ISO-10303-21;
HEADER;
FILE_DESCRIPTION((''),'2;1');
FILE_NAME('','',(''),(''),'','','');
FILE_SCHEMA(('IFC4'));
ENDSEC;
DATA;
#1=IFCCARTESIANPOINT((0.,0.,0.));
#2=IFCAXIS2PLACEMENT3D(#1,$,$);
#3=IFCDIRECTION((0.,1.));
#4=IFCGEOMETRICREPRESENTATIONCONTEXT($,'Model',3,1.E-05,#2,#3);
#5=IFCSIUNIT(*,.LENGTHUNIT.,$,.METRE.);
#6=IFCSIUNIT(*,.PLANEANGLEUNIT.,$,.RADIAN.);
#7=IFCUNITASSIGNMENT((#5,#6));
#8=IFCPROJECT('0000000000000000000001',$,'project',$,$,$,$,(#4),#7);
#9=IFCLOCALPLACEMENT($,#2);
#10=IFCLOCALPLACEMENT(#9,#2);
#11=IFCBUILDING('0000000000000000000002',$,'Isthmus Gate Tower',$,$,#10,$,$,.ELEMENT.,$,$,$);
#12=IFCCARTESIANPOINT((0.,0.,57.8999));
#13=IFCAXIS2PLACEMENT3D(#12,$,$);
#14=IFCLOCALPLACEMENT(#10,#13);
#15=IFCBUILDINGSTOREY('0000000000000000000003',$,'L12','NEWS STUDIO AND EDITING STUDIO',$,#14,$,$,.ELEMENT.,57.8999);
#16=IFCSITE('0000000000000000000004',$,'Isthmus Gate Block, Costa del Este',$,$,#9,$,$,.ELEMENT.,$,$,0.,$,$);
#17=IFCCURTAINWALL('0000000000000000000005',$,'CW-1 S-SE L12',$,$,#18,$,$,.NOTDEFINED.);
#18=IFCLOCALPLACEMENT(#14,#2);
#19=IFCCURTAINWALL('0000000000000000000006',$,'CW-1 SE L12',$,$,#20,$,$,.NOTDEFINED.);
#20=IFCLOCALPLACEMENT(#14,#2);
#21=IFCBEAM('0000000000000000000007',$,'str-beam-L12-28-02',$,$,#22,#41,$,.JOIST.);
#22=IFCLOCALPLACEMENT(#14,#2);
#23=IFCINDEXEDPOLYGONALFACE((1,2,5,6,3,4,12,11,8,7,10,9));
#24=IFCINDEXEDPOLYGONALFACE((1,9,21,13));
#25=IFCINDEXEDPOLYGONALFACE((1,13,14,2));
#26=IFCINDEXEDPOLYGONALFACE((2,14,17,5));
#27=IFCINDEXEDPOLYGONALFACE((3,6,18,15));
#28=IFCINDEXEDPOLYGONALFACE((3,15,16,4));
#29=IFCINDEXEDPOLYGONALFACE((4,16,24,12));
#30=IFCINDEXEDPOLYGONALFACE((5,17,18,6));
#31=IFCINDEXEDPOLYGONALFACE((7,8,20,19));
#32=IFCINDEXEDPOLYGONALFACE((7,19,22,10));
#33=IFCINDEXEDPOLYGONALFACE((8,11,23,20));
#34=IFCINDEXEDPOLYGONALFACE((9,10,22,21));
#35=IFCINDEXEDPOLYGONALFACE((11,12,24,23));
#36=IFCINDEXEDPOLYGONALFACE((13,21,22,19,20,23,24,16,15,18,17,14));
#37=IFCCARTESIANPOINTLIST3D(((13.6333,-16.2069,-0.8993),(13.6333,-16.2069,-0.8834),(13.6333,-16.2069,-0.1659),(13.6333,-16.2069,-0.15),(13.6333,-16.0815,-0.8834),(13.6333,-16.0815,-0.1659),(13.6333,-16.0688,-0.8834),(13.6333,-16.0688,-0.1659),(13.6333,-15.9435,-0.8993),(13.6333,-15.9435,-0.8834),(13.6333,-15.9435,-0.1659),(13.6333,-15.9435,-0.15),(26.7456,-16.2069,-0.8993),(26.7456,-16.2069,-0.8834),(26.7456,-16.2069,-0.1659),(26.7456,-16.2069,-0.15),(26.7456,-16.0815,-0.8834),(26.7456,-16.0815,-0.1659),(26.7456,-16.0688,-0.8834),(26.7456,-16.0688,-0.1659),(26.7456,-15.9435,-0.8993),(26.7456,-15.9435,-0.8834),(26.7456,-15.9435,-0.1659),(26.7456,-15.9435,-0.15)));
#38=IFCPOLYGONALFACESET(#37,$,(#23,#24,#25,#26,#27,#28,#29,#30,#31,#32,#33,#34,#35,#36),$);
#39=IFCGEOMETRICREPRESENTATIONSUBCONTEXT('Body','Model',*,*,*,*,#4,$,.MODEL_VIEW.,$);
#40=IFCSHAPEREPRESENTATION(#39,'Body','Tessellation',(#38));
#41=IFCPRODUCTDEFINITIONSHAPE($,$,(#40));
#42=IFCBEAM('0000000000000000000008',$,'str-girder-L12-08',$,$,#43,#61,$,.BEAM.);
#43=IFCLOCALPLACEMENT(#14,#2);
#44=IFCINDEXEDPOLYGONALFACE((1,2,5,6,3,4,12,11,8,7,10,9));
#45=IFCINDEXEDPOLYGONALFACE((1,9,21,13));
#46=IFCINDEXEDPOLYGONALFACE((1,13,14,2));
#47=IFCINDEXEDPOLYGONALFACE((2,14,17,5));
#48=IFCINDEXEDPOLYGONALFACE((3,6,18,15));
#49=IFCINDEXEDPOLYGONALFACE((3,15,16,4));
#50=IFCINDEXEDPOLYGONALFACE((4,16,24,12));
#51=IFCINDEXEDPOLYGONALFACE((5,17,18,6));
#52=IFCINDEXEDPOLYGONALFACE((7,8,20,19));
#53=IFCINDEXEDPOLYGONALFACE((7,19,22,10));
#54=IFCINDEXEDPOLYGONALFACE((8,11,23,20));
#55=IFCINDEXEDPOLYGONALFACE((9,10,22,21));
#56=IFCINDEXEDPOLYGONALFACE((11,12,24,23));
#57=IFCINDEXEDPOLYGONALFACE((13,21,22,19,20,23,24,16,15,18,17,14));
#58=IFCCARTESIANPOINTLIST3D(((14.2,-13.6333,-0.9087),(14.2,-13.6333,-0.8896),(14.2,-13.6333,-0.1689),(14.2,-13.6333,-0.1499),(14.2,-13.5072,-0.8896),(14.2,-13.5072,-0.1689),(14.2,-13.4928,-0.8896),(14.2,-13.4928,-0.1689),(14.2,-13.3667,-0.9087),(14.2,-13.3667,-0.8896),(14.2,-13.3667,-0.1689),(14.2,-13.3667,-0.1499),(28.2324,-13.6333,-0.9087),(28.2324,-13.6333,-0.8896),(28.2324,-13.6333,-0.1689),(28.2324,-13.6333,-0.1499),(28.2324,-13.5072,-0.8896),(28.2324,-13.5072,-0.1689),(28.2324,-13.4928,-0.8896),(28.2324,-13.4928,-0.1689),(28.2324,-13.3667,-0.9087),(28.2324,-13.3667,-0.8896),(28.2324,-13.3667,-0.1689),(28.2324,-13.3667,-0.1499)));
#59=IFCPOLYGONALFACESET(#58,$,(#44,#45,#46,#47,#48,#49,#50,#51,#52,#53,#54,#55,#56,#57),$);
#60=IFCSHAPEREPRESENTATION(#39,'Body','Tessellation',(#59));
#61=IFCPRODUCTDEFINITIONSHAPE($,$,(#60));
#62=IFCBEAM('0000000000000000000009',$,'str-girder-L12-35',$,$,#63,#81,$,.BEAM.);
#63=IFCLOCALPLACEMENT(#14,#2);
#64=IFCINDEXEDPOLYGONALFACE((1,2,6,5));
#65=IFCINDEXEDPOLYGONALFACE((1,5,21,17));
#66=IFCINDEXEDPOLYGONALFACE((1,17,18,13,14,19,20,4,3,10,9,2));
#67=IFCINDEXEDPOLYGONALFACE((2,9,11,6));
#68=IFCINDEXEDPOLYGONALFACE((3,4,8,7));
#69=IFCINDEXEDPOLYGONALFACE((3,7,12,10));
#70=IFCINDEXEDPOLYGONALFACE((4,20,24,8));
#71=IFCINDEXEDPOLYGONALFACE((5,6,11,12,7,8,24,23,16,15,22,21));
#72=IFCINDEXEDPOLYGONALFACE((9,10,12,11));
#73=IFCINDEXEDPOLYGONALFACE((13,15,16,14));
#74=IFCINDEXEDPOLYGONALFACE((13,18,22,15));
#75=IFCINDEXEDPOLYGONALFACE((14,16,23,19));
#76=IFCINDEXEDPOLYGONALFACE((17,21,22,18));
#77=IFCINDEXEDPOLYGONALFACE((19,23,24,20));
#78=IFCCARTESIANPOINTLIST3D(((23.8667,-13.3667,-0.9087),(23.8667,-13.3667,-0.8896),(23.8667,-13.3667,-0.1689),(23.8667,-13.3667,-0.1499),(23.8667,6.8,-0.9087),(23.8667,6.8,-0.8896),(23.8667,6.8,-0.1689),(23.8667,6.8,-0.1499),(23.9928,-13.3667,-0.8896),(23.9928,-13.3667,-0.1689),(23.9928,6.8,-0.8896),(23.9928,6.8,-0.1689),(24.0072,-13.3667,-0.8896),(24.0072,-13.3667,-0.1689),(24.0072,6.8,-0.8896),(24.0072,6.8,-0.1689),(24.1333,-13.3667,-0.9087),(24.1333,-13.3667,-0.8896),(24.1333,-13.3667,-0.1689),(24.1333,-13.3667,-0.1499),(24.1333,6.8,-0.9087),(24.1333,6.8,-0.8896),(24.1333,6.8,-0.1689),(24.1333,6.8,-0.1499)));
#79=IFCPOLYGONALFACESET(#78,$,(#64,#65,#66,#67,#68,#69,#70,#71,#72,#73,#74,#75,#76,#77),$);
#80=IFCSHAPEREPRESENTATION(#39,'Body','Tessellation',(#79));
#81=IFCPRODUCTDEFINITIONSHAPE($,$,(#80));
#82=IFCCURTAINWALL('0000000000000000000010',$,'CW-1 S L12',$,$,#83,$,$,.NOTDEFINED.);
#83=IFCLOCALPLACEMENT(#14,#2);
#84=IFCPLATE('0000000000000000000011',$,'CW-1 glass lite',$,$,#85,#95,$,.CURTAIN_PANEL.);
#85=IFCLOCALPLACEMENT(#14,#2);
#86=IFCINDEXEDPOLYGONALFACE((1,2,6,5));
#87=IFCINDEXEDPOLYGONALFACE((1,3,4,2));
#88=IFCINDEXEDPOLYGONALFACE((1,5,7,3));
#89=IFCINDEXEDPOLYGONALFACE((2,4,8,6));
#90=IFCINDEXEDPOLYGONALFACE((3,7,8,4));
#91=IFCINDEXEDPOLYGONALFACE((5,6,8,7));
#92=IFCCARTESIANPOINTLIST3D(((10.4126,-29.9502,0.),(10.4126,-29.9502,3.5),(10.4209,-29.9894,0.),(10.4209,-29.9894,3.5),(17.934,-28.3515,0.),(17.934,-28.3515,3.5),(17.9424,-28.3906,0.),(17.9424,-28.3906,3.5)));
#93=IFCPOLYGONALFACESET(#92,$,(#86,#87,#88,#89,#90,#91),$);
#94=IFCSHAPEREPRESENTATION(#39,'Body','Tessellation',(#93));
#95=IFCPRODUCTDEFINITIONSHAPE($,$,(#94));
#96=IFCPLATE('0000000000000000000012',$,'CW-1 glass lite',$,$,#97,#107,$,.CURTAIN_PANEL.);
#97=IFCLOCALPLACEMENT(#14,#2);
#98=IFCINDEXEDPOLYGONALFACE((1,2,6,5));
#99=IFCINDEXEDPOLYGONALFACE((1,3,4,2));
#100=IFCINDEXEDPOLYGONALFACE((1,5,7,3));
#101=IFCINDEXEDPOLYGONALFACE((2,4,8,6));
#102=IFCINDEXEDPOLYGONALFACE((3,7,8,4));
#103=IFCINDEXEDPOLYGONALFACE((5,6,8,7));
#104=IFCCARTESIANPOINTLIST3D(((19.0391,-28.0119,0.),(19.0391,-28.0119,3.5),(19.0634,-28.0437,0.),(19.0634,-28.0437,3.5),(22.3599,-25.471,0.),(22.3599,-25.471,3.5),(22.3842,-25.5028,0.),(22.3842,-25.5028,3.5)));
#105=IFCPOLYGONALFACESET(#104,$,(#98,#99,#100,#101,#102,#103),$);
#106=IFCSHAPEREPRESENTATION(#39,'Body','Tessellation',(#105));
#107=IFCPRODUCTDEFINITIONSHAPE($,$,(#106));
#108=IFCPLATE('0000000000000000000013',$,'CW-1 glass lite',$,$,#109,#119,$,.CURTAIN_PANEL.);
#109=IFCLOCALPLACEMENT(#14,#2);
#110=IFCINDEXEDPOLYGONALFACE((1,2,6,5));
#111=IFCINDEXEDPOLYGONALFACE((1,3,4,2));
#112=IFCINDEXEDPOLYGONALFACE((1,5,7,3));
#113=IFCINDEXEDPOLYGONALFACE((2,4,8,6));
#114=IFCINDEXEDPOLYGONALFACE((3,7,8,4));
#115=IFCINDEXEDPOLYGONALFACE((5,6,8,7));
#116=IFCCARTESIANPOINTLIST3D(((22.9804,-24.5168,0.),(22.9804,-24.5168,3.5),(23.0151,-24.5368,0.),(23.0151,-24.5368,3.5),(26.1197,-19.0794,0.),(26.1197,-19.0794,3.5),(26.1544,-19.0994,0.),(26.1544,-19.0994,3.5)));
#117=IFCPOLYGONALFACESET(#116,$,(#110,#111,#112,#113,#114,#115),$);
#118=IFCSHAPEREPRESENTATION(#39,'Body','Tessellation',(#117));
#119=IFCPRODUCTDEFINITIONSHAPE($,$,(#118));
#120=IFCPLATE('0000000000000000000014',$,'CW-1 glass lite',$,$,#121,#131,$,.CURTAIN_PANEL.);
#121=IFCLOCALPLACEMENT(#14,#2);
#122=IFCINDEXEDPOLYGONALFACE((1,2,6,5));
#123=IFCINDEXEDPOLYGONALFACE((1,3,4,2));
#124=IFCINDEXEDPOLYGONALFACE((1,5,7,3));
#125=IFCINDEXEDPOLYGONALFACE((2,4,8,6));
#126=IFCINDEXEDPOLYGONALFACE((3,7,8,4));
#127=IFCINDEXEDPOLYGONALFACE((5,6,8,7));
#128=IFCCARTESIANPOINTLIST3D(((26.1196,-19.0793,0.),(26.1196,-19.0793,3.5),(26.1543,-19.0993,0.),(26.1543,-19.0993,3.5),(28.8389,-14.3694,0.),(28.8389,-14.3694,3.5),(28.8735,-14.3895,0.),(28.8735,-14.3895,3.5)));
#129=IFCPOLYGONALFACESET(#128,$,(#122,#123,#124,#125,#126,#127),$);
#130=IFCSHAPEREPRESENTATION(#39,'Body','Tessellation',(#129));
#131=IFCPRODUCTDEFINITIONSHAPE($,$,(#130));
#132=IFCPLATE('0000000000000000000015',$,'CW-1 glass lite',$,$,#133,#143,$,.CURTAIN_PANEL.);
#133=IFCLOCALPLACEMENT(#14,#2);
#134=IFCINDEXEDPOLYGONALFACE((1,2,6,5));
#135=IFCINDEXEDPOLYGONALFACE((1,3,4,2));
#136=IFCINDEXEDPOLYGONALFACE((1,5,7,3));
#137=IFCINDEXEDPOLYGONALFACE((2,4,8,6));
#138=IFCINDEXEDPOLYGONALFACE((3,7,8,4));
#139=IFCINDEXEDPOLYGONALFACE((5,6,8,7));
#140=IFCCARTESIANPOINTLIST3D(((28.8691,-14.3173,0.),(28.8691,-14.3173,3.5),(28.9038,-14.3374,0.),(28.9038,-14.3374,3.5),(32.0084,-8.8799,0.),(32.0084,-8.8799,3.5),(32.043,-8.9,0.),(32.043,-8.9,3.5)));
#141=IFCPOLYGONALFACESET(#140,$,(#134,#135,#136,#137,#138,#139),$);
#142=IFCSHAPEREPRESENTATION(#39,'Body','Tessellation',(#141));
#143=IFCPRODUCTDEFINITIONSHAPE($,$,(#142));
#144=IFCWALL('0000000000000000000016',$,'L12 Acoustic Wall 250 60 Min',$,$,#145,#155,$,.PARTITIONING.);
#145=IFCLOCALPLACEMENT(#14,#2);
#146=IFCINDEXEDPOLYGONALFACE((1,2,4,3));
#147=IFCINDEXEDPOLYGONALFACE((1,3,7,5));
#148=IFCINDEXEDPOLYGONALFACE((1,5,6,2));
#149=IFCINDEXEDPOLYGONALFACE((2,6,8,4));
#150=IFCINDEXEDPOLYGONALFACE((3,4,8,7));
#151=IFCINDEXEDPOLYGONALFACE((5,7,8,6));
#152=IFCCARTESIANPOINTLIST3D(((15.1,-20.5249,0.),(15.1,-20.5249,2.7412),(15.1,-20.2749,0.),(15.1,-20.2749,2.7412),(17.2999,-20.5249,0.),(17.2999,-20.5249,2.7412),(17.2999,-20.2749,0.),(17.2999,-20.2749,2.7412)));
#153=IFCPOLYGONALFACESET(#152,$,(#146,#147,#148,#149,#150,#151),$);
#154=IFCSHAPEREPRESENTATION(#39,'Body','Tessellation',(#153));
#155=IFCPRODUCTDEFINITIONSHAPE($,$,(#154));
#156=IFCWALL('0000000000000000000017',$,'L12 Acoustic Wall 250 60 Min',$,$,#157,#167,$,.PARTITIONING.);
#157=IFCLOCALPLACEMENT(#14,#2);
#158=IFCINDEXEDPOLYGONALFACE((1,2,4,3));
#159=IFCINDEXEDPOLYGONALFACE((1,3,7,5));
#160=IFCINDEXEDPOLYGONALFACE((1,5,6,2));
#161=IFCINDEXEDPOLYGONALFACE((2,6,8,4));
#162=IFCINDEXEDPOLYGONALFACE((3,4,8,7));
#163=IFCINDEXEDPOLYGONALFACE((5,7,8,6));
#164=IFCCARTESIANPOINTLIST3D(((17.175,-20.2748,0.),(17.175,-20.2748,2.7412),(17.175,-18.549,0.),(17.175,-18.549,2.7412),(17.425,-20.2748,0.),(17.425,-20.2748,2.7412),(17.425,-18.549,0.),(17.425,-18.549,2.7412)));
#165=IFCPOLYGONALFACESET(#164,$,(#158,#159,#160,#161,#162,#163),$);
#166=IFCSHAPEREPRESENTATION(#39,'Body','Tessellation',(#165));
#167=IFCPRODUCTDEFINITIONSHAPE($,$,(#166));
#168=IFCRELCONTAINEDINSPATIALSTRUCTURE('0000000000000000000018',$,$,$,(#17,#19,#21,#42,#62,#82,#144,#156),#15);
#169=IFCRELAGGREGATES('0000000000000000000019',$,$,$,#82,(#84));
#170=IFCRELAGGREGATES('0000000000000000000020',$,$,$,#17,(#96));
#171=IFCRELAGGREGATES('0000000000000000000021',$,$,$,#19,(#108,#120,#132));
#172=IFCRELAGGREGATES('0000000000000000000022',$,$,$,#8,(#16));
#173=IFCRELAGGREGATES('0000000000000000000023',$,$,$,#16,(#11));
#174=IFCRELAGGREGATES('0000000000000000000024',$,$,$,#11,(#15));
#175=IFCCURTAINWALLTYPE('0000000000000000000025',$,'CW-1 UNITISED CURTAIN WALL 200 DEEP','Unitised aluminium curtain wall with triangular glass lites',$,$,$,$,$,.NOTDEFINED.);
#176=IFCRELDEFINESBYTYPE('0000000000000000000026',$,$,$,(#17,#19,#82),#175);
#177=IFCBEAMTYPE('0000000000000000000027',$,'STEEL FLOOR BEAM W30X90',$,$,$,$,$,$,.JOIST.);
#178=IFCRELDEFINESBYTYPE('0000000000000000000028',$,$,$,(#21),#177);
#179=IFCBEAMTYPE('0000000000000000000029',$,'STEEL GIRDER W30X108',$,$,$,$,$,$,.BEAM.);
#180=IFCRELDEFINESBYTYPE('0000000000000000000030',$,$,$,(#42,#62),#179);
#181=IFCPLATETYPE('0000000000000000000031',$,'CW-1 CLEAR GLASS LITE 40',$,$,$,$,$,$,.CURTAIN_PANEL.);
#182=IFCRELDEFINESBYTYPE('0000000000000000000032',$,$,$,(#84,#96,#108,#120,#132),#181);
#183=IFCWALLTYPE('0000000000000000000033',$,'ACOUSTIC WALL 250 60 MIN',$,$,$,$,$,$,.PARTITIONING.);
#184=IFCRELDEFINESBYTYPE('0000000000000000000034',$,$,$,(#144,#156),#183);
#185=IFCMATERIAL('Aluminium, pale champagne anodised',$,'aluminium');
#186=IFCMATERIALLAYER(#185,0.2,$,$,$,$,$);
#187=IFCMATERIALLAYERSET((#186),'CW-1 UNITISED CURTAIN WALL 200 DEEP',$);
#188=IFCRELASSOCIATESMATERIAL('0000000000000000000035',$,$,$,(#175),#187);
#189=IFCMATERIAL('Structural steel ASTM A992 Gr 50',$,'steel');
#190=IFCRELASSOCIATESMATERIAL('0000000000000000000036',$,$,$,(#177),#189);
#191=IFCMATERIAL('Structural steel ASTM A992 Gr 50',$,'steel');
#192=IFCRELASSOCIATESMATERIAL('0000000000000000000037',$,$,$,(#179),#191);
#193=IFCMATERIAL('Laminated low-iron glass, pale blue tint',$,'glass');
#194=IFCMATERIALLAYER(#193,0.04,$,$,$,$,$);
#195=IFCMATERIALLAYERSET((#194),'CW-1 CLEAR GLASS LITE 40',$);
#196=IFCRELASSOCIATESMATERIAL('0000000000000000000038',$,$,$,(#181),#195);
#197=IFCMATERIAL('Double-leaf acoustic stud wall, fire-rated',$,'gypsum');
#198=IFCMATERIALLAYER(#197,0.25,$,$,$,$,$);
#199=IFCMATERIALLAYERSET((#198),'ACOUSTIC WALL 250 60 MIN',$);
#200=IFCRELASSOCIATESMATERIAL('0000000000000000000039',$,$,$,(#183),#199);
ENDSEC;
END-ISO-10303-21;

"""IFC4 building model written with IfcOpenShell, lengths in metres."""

from ifc_helpers import new_model, si_unit, direction, frame, frame_2d, origin, origin_2d, place, context, subcontext, project, spatial, rectangle, i_section, extrude, material, layer, layer_set, material_profile, profile_set, type_object, element, aggregate, save


model = new_model("IFC4")

# Units and contexts
model_context = context("Model", 3, precision=1e-05, world=origin(), true_north=direction((0.0, 1.0)))
body_context = subcontext(model_context, "Body", "Model", "MODEL_VIEW")
ifc_project = project(units=[si_unit("LENGTHUNIT", "METRE"), si_unit("PLANEANGLEUNIT", "RADIAN")], contexts=[model_context])

# Site, building, storey
site_placement = place(None, origin())
site = spatial("IfcSite", under=ifc_project, at=site_placement, Name="Isthmus Gate Block, Costa del Este", CompositionType="ELEMENT", RefElevation=0.0)
building_placement = place(site_placement, origin())
building = spatial("IfcBuilding", under=site, at=building_placement, Name="Isthmus Gate Tower", CompositionType="ELEMENT")
storey_placement = place(building_placement, frame((0.0, 0.0, 57.8999)))
storey = spatial("IfcBuildingStorey", under=building, at=storey_placement, Name="L12", Description="NEWS STUDIO AND EDITING STUDIO", CompositionType="ELEMENT", Elevation=57.8999)

# Curtain wall
ifc_material_1 = material(Name="Aluminium, pale champagne anodised", Category="aluminium")
ifc_layer_1 = layer(ifc_material_1, 0.2)
ifc_layer_set_1 = layer_set([ifc_layer_1], Name="CW-1 UNITISED CURTAIN WALL 200 DEEP")
curtain_wall_type = type_object("IfcCurtainWallType", Name="CW-1 UNITISED CURTAIN WALL 200 DEEP", Description="Unitised aluminium curtain wall with triangular glass lites", PredefinedType="NOTDEFINED", material=ifc_layer_set_1)
curtain_wall_1_placement = place(storey_placement, origin())
curtain_wall_1 = element("IfcCurtainWall", 1, at=curtain_wall_1_placement, inside=storey, type_object=curtain_wall_type, Name="CW-1 S-SE L12", PredefinedType="NOTDEFINED")

# Curtain wall
curtain_wall_2_placement = place(storey_placement, origin())
curtain_wall_2 = element("IfcCurtainWall", 2, at=curtain_wall_2_placement, inside=storey, type_object=curtain_wall_type, Name="CW-1 SE L12", PredefinedType="NOTDEFINED")

# Beams
ifc_material_2 = material(Name="Structural steel ASTM A992 Gr 50", Category="steel")
ifc_material_profile_1 = material_profile(ifc_material_2, i_section(OverallWidth=0.2634, OverallDepth=0.7493, WebThickness=0.0127, FlangeThickness=0.0159, at=origin_2d()), Name="W30X90")
ifc_profile_set_1 = profile_set([ifc_material_profile_1], Name="Structural steel ASTM A992 Gr 50")
beam_type_1 = type_object("IfcBeamType", Name="STEEL FLOOR BEAM W30X90", PredefinedType="JOIST", material=ifc_profile_set_1)
beam_1_placement = place(storey_placement, frame((13.6333, -16.0752, -0.5247), z_axis=(1.0, 0.0, 0.0), x_axis=(0.0, 1.0, 0.0)))
element("IfcBeam", 3, at=beam_1_placement, inside=storey, type_object=beam_type_1, Name="str-beam-L12-28-02", PredefinedType="JOIST", context=body_context, shape_type="SweptSolid", body=[
    extrude(i_section(OverallWidth=0.2634, OverallDepth=0.7493, WebThickness=0.0127, FlangeThickness=0.0159, at=origin_2d()), origin(), (0.0, 0.0, 1.0), 13.1123),
])
ifc_material_3 = material(Name="Structural steel ASTM A992 Gr 50", Category="steel")
ifc_material_profile_2 = material_profile(ifc_material_3, i_section(OverallWidth=0.2666, OverallDepth=0.7588, WebThickness=0.0144, FlangeThickness=0.019, at=origin_2d()), Name="W30X108")
ifc_profile_set_2 = profile_set([ifc_material_profile_2], Name="Structural steel ASTM A992 Gr 50")
beam_type_2 = type_object("IfcBeamType", Name="STEEL GIRDER W30X108", PredefinedType="BEAM", material=ifc_profile_set_2)
beam_2_placement = place(storey_placement, frame((14.2, -13.5, -0.5293), z_axis=(1.0, 0.0, 0.0), x_axis=(0.0, 1.0, 0.0)))
element("IfcBeam", 4, at=beam_2_placement, inside=storey, type_object=beam_type_2, Name="str-girder-L12-08", PredefinedType="BEAM", context=body_context, shape_type="SweptSolid", body=[
    extrude(i_section(OverallWidth=0.2666, OverallDepth=0.7588, WebThickness=0.0144, FlangeThickness=0.019, at=origin_2d()), origin(), (0.0, 0.0, 1.0), 14.0325),
])
beam_3_placement = place(storey_placement, frame((24.0, -13.3667, -0.5293), z_axis=(0.0, 1.0, 0.0), x_axis=(-1.0, 0.0, 0.0)))
element("IfcBeam", 5, at=beam_3_placement, inside=storey, type_object=beam_type_2, Name="str-girder-L12-35", PredefinedType="BEAM", context=body_context, shape_type="SweptSolid", body=[
    extrude(i_section(OverallWidth=0.2666, OverallDepth=0.7588, WebThickness=0.0144, FlangeThickness=0.019, at=origin_2d()), origin(), (0.0, 0.0, 1.0), 20.1667),
])

# Curtain wall, plate
curtain_wall_3_placement = place(storey_placement, origin())
curtain_wall_3 = element("IfcCurtainWall", 6, at=curtain_wall_3_placement, inside=storey, type_object=curtain_wall_type, Name="CW-1 S L12", PredefinedType="NOTDEFINED")
ifc_material_4 = material(Name="Laminated low-iron glass, pale blue tint", Category="glass")
ifc_layer_2 = layer(ifc_material_4, 0.04)
ifc_layer_set_2 = layer_set([ifc_layer_2], Name="CW-1 CLEAR GLASS LITE 40")
plate_type = type_object("IfcPlateType", Name="CW-1 CLEAR GLASS LITE 40", PredefinedType="CURTAIN_PANEL", material=ifc_layer_set_2)
plate_1_placement = place(storey_placement, frame((14.1775, -29.1704, 0.0), z_axis=(0.0, 0.0, 1.0), x_axis=(0.978148, 0.207912, 0.0)))
plate_1 = element("IfcPlate", 7, at=plate_1_placement, type_object=plate_type, Name="CW-1 glass lite", PredefinedType="CURTAIN_PANEL", context=body_context, shape_type="SweptSolid", body=[
    extrude(rectangle(XDim=7.6895, YDim=0.04, at=origin_2d()), origin(), (0.0, 0.0, 1.0), 3.5),
])
aggregate(curtain_wall_3, [plate_1])

# Plates
plate_2_placement = place(storey_placement, frame((20.7117, -26.7573, 0.0), z_axis=(0.0, 0.0, 1.0), x_axis=(0.794189, 0.607671, 0.0)))
plate_2 = element("IfcPlate", 8, at=plate_2_placement, type_object=plate_type, Name="CW-1 glass lite", PredefinedType="CURTAIN_PANEL", context=body_context, shape_type="SweptSolid", body=[
    extrude(rectangle(XDim=4.1814, YDim=0.04, at=origin_2d()), origin(), (0.0, 0.0, 1.0), 3.5),
])
aggregate(curtain_wall_1, [plate_2])
plate_3_placement = place(storey_placement, frame((24.5674, -21.8081, 0.0), z_axis=(0.0, 0.0, 1.0), x_axis=(0.5, 0.866025, 0.0)))
plate_3 = element("IfcPlate", 9, at=plate_3_placement, type_object=plate_type, Name="CW-1 glass lite", PredefinedType="CURTAIN_PANEL", context=body_context, shape_type="SweptSolid", body=[
    extrude(rectangle(XDim=6.2786, YDim=0.04, at=origin_2d()), origin(), (0.0, 0.0, 1.0), 3.5),
])
plate_4_placement = place(storey_placement, frame((27.4966, -16.7344, 0.0), z_axis=(0.0, 0.0, 1.0), x_axis=(0.5, 0.866025, 0.0)))
plate_4 = element("IfcPlate", 10, at=plate_4_placement, type_object=plate_type, Name="CW-1 glass lite", PredefinedType="CURTAIN_PANEL", context=body_context, shape_type="SweptSolid", body=[
    extrude(rectangle(XDim=5.4385, YDim=0.04, at=origin_2d()), origin(), (0.0, 0.0, 1.0), 3.5),
])
plate_5_placement = place(storey_placement, frame((30.4561, -11.6086, 0.0), z_axis=(0.0, 0.0, 1.0), x_axis=(0.5, 0.866025, 0.0)))
plate_5 = element("IfcPlate", 11, at=plate_5_placement, type_object=plate_type, Name="CW-1 glass lite", PredefinedType="CURTAIN_PANEL", context=body_context, shape_type="SweptSolid", body=[
    extrude(rectangle(XDim=6.2786, YDim=0.04, at=origin_2d()), origin(), (0.0, 0.0, 1.0), 3.5),
])
aggregate(curtain_wall_2, [plate_3, plate_4, plate_5])

# Walls
ifc_material_5 = material(Name="Double-leaf acoustic stud wall, fire-rated", Category="gypsum")
ifc_layer_3 = layer(ifc_material_5, 0.25)
ifc_layer_set_3 = layer_set([ifc_layer_3], Name="ACOUSTIC WALL 250 60 MIN")
wall_type_1 = type_object("IfcWallType", Name="ACOUSTIC WALL 250 60 MIN", PredefinedType="PARTITIONING", material=ifc_layer_set_3)
wall_1_placement = place(storey_placement, frame((17.3, -20.3999, 0.0), z_axis=(0.0, 0.0, 1.0), x_axis=(-1.0, 0.0, 0.0)))
element("IfcWall", 12, at=wall_1_placement, inside=storey, type_object=wall_type_1, Name="L12 Acoustic Wall 250 60 Min", PredefinedType="PARTITIONING", context=body_context, shape_type="SweptSolid", body=[
    extrude(rectangle(XDim=2.2, YDim=0.25, at=frame_2d((1.1001, 0.0))), origin(), (0.0, 0.0, 1.0), 2.7412),
])
wall_2_placement = place(storey_placement, frame((17.3, -18.5491, 0.0), z_axis=(0.0, 0.0, 1.0), x_axis=(0.0, -1.0, 0.0)))
element("IfcWall", 13, at=wall_2_placement, inside=storey, type_object=wall_type_1, Name="L12 Acoustic Wall 250 60 Min", PredefinedType="PARTITIONING", context=body_context, shape_type="SweptSolid", body=[
    extrude(rectangle(XDim=1.7258, YDim=0.25, at=frame_2d((0.8628, 0.0))), origin(), (0.0, 0.0, 1.0), 2.7412),
])

save(model, "model.ifc")
